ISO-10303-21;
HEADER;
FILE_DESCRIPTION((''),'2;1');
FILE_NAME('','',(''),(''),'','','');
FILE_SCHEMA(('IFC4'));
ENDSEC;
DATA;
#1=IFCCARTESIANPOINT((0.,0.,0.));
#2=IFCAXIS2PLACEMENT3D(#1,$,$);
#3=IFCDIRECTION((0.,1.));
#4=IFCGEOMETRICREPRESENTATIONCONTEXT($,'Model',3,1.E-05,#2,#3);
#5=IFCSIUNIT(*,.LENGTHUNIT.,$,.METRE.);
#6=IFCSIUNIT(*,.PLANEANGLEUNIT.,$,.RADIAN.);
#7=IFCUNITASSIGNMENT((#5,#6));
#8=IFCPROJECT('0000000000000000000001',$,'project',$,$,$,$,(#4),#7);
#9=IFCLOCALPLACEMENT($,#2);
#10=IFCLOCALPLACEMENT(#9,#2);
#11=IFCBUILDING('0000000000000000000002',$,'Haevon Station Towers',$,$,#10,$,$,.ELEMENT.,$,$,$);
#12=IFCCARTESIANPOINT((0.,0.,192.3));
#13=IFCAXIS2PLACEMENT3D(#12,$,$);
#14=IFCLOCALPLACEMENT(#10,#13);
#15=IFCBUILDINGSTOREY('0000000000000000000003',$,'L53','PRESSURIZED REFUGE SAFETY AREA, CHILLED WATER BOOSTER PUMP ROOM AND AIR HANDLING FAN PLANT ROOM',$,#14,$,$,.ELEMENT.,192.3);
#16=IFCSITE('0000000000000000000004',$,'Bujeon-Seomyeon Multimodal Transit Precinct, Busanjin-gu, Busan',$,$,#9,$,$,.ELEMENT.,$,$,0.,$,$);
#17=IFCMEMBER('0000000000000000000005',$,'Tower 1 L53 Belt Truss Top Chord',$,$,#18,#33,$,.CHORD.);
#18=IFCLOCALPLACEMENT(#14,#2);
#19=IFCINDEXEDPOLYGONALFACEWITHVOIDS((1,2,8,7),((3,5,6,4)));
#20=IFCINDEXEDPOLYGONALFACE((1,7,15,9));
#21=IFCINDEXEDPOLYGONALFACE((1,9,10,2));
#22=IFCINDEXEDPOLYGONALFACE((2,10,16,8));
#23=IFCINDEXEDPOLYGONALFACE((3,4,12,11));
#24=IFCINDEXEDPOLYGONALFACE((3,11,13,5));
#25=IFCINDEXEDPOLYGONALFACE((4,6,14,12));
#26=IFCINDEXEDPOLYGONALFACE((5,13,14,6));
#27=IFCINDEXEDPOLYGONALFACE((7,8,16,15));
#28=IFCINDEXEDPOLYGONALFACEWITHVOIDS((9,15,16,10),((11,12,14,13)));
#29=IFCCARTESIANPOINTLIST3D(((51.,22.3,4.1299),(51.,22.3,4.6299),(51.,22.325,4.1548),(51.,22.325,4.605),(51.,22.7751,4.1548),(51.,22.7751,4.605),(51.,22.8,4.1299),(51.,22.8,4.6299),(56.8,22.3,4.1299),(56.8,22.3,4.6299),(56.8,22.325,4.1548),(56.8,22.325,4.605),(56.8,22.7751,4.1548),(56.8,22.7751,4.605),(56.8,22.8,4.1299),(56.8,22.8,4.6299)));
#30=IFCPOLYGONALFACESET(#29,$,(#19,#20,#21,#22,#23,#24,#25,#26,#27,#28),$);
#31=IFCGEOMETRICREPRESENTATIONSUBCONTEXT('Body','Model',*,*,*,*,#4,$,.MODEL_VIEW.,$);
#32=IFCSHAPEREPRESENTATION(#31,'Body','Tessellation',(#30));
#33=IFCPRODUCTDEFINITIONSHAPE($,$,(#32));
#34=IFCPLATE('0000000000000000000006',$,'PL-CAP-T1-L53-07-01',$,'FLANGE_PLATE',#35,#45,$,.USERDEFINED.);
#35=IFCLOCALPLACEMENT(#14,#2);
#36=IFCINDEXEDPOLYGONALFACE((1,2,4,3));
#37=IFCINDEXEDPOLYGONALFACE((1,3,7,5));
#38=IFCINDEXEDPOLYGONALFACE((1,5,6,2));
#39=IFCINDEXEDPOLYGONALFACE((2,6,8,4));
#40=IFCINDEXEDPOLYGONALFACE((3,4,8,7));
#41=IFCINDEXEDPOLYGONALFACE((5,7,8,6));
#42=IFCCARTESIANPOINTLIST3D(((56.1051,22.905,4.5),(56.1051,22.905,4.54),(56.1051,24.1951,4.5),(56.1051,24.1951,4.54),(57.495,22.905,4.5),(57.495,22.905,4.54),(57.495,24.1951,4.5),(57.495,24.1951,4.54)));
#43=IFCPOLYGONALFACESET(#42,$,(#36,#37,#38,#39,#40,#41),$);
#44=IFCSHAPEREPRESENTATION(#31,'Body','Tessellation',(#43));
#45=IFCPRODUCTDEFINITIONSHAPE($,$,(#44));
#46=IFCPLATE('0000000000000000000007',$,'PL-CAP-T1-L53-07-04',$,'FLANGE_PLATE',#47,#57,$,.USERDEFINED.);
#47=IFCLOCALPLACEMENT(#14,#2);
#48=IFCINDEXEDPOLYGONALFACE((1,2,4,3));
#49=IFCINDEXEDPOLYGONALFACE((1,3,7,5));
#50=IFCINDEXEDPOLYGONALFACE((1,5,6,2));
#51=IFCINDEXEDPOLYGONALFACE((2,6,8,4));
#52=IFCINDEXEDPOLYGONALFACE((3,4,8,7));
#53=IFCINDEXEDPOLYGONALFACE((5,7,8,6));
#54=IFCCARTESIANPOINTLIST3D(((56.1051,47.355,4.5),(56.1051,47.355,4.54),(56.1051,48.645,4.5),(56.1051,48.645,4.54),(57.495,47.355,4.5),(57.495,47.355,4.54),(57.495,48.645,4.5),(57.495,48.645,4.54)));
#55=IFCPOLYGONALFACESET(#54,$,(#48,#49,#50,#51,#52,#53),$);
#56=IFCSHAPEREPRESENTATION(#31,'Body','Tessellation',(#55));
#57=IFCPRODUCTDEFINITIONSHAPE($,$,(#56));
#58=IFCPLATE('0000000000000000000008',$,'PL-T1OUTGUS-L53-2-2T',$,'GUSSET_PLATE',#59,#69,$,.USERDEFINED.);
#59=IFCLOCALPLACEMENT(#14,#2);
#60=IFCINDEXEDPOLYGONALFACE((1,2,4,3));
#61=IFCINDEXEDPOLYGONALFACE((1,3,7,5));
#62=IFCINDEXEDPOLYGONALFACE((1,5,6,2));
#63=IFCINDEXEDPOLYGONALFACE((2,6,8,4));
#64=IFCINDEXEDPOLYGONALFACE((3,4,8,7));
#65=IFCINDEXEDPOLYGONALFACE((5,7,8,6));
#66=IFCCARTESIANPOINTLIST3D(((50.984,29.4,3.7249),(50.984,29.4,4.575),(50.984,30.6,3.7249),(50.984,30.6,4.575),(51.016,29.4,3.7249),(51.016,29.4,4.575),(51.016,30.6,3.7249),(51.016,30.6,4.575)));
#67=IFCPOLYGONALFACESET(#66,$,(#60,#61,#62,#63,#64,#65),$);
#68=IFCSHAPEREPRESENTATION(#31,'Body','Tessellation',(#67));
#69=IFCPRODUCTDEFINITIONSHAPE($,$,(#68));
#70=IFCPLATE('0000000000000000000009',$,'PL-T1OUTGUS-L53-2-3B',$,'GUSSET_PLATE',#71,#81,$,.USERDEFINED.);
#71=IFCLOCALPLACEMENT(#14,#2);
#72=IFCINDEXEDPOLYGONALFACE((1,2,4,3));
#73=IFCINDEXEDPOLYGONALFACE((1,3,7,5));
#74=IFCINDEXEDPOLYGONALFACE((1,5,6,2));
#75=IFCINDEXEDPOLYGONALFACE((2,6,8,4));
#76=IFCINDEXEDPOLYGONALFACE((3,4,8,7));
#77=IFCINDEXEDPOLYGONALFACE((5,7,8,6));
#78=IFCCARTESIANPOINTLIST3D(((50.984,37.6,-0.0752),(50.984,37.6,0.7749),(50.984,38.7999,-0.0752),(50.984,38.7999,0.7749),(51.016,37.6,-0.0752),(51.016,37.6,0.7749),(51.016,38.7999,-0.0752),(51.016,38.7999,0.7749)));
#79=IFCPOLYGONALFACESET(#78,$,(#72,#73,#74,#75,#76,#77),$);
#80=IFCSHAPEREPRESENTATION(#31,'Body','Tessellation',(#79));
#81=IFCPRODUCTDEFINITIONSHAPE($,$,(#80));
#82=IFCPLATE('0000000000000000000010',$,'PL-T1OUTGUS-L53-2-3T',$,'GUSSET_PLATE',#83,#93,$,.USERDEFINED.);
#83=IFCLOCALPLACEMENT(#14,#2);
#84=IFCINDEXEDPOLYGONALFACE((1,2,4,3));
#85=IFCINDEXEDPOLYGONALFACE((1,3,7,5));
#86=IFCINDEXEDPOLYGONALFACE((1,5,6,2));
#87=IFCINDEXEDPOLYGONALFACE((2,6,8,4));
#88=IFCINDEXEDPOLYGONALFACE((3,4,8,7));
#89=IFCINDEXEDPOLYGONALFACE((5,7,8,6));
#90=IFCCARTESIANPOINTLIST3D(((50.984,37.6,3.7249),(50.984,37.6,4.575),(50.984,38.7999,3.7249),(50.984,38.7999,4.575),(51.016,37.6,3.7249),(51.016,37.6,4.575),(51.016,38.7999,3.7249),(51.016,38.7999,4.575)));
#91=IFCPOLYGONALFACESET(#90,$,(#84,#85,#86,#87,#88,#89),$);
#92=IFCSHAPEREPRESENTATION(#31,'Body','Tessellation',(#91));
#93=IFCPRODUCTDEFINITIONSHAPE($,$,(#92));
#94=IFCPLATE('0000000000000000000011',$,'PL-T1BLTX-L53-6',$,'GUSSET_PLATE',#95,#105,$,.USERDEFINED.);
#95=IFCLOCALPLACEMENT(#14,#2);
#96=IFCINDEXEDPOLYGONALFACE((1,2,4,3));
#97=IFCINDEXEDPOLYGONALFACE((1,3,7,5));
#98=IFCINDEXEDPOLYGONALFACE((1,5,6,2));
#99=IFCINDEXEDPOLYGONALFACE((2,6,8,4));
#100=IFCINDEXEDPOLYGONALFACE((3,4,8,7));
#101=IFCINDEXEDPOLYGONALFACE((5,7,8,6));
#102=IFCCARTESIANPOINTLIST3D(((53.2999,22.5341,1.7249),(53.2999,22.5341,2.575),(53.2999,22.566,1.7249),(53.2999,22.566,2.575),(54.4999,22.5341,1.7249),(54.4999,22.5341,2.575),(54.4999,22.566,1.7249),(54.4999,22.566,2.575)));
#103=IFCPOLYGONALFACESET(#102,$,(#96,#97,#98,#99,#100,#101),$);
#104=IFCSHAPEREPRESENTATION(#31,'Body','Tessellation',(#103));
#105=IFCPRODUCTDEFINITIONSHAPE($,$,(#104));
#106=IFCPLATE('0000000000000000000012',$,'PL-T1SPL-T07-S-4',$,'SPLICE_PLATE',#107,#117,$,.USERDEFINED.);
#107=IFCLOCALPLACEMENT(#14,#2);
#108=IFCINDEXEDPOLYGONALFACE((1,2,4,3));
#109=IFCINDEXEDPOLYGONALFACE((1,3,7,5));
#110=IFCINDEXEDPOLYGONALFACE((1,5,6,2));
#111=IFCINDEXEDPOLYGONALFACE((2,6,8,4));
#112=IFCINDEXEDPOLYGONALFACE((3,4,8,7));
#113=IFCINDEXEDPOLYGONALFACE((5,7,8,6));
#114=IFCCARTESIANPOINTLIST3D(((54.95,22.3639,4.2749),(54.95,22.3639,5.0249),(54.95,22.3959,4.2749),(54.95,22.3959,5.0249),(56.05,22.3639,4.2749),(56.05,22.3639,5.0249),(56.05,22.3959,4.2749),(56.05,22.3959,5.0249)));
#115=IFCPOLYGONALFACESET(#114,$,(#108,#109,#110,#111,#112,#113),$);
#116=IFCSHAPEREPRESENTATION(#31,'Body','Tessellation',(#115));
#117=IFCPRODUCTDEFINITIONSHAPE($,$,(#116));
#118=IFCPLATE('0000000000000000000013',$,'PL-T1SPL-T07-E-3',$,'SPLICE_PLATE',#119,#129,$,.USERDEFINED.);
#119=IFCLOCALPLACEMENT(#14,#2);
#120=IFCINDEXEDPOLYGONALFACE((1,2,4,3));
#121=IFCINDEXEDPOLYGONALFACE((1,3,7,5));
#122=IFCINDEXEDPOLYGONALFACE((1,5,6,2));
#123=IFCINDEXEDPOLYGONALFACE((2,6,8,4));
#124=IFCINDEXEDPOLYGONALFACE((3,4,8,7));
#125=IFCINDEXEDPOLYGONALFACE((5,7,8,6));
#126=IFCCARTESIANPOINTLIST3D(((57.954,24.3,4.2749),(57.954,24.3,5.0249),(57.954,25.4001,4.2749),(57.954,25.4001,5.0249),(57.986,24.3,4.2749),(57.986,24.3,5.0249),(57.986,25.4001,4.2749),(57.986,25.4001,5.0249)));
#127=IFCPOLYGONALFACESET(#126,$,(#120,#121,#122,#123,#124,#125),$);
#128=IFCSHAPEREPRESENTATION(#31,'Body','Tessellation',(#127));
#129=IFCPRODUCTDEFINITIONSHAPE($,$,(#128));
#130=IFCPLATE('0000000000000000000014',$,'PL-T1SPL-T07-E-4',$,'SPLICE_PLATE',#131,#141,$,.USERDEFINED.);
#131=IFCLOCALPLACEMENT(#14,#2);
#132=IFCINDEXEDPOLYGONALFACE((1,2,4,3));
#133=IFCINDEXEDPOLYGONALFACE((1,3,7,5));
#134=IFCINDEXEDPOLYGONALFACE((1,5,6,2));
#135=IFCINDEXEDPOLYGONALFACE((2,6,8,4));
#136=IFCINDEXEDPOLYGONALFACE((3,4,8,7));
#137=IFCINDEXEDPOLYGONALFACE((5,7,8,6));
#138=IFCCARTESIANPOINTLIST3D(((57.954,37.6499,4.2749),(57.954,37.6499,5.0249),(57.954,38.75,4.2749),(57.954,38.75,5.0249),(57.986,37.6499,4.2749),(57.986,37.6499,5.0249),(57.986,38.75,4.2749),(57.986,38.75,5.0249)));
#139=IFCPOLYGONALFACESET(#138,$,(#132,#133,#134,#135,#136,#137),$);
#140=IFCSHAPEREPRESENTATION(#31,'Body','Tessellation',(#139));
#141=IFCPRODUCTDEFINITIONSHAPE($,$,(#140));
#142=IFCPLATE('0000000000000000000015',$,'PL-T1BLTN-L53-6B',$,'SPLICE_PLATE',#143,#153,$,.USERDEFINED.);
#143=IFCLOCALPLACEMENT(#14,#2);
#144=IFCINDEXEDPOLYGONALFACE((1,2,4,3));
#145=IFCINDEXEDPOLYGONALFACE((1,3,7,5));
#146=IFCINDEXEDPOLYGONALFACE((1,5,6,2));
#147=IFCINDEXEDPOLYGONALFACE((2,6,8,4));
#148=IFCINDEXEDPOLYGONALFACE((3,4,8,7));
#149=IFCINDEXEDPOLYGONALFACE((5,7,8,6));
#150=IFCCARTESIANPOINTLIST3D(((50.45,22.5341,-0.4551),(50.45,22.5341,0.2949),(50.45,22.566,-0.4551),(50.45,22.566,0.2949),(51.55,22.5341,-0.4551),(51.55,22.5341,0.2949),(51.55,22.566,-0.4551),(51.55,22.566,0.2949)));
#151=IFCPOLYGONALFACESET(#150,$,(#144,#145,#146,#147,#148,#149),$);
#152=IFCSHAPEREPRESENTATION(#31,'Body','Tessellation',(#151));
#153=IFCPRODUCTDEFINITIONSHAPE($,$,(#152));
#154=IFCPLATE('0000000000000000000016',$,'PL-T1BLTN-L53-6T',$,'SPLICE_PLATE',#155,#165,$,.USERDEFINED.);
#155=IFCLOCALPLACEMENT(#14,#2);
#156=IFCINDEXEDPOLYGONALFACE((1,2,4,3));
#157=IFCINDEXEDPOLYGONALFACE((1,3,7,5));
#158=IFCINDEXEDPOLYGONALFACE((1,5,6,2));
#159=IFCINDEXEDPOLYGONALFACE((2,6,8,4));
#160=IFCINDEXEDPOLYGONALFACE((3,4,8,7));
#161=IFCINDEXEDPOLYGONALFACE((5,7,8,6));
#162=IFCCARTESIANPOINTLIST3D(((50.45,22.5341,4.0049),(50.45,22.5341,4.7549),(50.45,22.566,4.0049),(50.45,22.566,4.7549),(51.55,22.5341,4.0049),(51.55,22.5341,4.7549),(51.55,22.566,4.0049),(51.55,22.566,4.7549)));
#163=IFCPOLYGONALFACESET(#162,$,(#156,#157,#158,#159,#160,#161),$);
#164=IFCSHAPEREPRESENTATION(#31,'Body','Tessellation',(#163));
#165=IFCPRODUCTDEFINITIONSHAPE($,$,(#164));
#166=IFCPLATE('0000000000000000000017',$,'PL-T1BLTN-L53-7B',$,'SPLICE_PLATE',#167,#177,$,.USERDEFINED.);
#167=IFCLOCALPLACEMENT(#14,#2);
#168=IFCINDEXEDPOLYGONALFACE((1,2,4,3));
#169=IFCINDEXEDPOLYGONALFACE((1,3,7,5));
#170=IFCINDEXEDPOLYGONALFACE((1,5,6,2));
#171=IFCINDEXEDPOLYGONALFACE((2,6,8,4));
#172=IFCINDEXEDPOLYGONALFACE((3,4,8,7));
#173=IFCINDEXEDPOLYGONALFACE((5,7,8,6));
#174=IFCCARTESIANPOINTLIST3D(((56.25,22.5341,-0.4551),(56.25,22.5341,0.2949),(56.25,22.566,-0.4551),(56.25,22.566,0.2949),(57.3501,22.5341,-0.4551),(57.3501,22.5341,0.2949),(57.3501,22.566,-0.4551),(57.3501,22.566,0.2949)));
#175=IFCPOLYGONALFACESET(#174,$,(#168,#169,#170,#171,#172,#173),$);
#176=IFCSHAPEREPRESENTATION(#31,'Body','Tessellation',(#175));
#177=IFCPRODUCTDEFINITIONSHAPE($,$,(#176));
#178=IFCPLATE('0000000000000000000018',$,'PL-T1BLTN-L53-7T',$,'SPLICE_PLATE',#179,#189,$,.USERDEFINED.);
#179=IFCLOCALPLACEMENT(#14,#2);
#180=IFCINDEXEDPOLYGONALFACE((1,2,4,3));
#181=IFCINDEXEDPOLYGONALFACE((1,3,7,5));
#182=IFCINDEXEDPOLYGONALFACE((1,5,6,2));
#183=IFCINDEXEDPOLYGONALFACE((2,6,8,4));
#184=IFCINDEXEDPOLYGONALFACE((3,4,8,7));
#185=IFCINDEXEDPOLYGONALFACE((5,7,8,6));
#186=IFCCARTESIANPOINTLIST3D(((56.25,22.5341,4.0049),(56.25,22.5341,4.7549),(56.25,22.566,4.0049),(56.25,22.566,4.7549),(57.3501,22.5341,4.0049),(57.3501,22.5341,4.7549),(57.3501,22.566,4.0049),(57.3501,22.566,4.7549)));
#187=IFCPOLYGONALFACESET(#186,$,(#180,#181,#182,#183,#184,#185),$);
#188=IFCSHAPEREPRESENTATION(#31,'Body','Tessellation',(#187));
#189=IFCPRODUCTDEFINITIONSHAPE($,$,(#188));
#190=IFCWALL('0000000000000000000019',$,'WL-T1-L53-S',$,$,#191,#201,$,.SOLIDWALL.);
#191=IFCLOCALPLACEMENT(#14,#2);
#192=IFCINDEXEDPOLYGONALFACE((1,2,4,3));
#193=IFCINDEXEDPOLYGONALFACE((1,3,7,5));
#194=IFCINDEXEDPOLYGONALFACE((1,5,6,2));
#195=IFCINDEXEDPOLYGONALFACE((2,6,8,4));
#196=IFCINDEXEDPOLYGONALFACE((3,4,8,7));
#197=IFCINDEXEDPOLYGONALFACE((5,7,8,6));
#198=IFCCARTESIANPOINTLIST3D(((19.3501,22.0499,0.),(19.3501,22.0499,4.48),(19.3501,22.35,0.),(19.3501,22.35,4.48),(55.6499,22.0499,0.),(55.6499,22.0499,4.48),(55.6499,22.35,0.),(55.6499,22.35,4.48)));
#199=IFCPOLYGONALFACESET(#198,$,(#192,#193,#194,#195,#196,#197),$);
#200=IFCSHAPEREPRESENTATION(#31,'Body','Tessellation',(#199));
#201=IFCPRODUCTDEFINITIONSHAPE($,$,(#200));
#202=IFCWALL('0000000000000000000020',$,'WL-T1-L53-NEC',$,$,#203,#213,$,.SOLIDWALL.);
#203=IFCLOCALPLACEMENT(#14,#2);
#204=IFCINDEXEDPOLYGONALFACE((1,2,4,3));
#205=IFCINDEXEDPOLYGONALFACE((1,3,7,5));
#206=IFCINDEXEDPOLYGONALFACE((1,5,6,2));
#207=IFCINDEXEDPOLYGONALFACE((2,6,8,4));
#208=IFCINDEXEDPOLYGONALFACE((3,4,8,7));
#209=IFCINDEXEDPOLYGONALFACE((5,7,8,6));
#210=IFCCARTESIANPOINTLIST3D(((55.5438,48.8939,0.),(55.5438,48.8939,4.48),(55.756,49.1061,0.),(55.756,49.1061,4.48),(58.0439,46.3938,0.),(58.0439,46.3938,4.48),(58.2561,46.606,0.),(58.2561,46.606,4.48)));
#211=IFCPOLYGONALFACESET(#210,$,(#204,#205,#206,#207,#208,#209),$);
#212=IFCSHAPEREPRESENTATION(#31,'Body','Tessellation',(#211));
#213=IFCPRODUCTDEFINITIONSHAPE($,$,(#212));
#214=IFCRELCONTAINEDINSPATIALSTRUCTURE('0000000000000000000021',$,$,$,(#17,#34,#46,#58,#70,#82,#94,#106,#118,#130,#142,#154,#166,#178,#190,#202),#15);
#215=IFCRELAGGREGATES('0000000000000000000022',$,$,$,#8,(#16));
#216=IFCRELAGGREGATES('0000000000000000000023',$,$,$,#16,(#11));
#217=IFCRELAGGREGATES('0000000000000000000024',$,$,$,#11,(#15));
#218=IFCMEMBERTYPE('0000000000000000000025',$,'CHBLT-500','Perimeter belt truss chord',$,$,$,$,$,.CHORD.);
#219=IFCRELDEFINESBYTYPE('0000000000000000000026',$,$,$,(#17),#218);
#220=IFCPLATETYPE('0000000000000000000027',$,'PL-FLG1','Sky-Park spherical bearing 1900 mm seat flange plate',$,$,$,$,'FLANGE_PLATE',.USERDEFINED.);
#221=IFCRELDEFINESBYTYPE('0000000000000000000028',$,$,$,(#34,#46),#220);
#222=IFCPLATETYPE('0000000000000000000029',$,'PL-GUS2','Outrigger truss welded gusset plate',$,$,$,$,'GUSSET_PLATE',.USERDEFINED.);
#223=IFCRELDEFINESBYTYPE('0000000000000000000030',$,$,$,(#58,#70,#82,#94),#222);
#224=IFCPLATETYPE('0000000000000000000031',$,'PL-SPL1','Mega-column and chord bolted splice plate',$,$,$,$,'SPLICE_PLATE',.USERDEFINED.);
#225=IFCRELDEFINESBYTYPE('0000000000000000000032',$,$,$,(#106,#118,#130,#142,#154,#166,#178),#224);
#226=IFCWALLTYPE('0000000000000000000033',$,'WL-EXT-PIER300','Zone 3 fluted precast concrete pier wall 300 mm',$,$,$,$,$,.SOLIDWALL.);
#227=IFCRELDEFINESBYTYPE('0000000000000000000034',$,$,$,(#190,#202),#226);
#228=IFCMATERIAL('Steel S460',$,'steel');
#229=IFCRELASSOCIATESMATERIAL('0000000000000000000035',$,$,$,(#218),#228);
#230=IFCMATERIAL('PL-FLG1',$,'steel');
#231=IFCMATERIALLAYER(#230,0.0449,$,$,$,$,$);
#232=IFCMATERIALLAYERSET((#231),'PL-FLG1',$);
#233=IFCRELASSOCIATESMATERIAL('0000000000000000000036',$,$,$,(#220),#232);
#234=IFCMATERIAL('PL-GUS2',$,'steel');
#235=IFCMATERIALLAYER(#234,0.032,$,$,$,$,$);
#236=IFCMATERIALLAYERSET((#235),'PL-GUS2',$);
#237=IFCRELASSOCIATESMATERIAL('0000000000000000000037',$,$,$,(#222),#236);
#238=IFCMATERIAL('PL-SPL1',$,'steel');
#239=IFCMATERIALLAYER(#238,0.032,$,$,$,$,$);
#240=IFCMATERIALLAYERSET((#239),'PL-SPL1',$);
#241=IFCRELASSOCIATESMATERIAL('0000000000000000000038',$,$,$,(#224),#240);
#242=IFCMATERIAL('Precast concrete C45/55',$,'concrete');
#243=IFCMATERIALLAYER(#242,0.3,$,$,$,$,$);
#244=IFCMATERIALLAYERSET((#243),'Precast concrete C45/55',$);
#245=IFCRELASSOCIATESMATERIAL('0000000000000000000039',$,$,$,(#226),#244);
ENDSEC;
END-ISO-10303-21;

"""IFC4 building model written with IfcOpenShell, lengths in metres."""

from ifc_helpers import new_model, si_unit, direction, frame, frame_2d, origin, origin_2d, place, context, subcontext, project, spatial, rectangle, hollow_rectangle, extrude, material, layer, layer_set, material_profile, profile_set, type_object, element, save


model = new_model("IFC4")

# Units and contexts
model_context = context("Model", 3, precision=1e-05, world=origin(), true_north=direction((0.0, 1.0)))
body_context = subcontext(model_context, "Body", "Model", "MODEL_VIEW")
ifc_project = project(units=[si_unit("LENGTHUNIT", "METRE"), si_unit("PLANEANGLEUNIT", "RADIAN")], contexts=[model_context])

# Site, building, storey
site_placement = place(None, origin())
site = spatial("IfcSite", under=ifc_project, at=site_placement, Name="Bujeon-Seomyeon Multimodal Transit Precinct, Busanjin-gu, Busan", CompositionType="ELEMENT", RefElevation=0.0)
building_placement = place(site_placement, origin())
building = spatial("IfcBuilding", under=site, at=building_placement, Name="Haevon Station Towers", CompositionType="ELEMENT")
storey_placement = place(building_placement, frame((0.0, 0.0, 192.3)))
storey = spatial("IfcBuildingStorey", under=building, at=storey_placement, Name="L53", Description="PRESSURIZED REFUGE SAFETY AREA, CHILLED WATER BOOSTER PUMP ROOM AND AIR HANDLING FAN PLANT ROOM", CompositionType="ELEMENT", Elevation=192.3)

# Shared definitions
ifc_material_1 = material(Name="Steel S460", Category="steel")

# Member
ifc_material_profile_1 = material_profile(ifc_material_1, hollow_rectangle(XDim=0.5, YDim=0.5, WallThickness=0.0249, at=origin_2d()), Name="RHS-500x500x25")
ifc_profile_set_1 = profile_set([ifc_material_profile_1], Name="Steel S460")
member_type_1 = type_object("IfcMemberType", Name="CHBLT-500", Description="Perimeter belt truss chord", PredefinedType="CHORD", material=ifc_profile_set_1)
for number, where, z_axis, x_axis, name in (
    (1, (51.0, 22.55, 4.3799), (1.0, 0.0, 0.0), (0.0, 1.0, 0.0), "Tower 1 L53 Belt Truss Top Chord"),
):
    element("IfcMember", number, at=place(storey_placement, frame(where, z_axis=z_axis, x_axis=x_axis)), inside=storey, type_object=member_type_1, Name=name, PredefinedType="CHORD", context=body_context, shape_type="SweptSolid", body=[
        extrude(hollow_rectangle(XDim=0.5, YDim=0.5, WallThickness=0.0249, at=origin_2d()), origin(), (0.0, 0.0, 1.0), 5.8),
    ])

# Plates
ifc_material_2 = material(Name="PL-FLG1", Category="steel")
ifc_layer_1 = layer(ifc_material_2, 0.0449)
ifc_layer_set_1 = layer_set([ifc_layer_1], Name="PL-FLG1")
plate_type_1 = type_object("IfcPlateType", Name="PL-FLG1", Description="Sky-Park spherical bearing 1900 mm seat flange plate", ElementType="FLANGE_PLATE", PredefinedType="USERDEFINED", material=ifc_layer_set_1)
for number, where, z_axis, x_axis, name in (
    (2, (56.8, 23.55, 4.5), (0.0, 0.0, 1.0), (1.0, 0.0, 0.0), "PL-CAP-T1-L53-07-01"),
    (3, (56.8, 48.0, 4.5), (0.0, 0.0, 1.0), (1.0, 0.0, 0.0), "PL-CAP-T1-L53-07-04"),
):
    element("IfcPlate", number, at=place(storey_placement, frame(where, z_axis=z_axis, x_axis=x_axis)), inside=storey, type_object=plate_type_1, Name=name, ObjectType="FLANGE_PLATE", PredefinedType="USERDEFINED", context=body_context, shape_type="SweptSolid", body=[
        extrude(rectangle(XDim=1.3899, YDim=1.29, at=origin_2d()), origin(), (0.0, 0.0, 1.0), 0.04),
    ])
ifc_material_3 = material(Name="PL-GUS2", Category="steel")
ifc_layer_2 = layer(ifc_material_3, 0.032)
ifc_layer_set_2 = layer_set([ifc_layer_2], Name="PL-GUS2")
plate_type_2 = type_object("IfcPlateType", Name="PL-GUS2", Description="Outrigger truss welded gusset plate", ElementType="GUSSET_PLATE", PredefinedType="USERDEFINED", material=ifc_layer_set_2)
for number, where, z_axis, x_axis, name in (
    (4, (51.0, 30.0, 3.7249), (0.0, 0.0, 1.0), (0.0, 1.0, 0.0), "PL-T1OUTGUS-L53-2-2T"),
    (5, (51.0, 38.2, -0.0752), (0.0, 0.0, 1.0), (0.0, 1.0, 0.0), "PL-T1OUTGUS-L53-2-3B"),
    (6, (51.0, 38.2, 3.7249), (0.0, 0.0, 1.0), (0.0, 1.0, 0.0), "PL-T1OUTGUS-L53-2-3T"),
    (7, (53.8999, 22.55, 1.7249), (0.0, 0.0, 1.0), (1.0, 0.0, 0.0), "PL-T1BLTX-L53-6"),
):
    element("IfcPlate", number, at=place(storey_placement, frame(where, z_axis=z_axis, x_axis=x_axis)), inside=storey, type_object=plate_type_2, Name=name, ObjectType="GUSSET_PLATE", PredefinedType="USERDEFINED", context=body_context, shape_type="SweptSolid", body=[
        extrude(rectangle(XDim=1.2, YDim=0.032, at=origin_2d()), origin(), (0.0, 0.0, 1.0), 0.8501),
    ])
ifc_material_4 = material(Name="PL-SPL1", Category="steel")
ifc_layer_3 = layer(ifc_material_4, 0.032)
ifc_layer_set_3 = layer_set([ifc_layer_3], Name="PL-SPL1")
plate_type_3 = type_object("IfcPlateType", Name="PL-SPL1", Description="Mega-column and chord bolted splice plate", ElementType="SPLICE_PLATE", PredefinedType="USERDEFINED", material=ifc_layer_set_3)
for number, where, z_axis, x_axis, name in (
    (8, (55.5, 22.3799, 4.2749), (0.0, 0.0, 1.0), (1.0, 0.0, 0.0), "PL-T1SPL-T07-S-4"),
    (9, (57.97, 24.8501, 4.2749), (0.0, 0.0, 1.0), (0.0, 1.0, 0.0), "PL-T1SPL-T07-E-3"),
    (10, (57.97, 38.2, 4.2749), (0.0, 0.0, 1.0), (0.0, 1.0, 0.0), "PL-T1SPL-T07-E-4"),
    (11, (51.0, 22.55, -0.4551), (0.0, 0.0, 1.0), (1.0, 0.0, 0.0), "PL-T1BLTN-L53-6B"),
    (12, (51.0, 22.55, 4.0049), (0.0, 0.0, 1.0), (1.0, 0.0, 0.0), "PL-T1BLTN-L53-6T"),
    (13, (56.8, 22.55, -0.4551), (0.0, 0.0, 1.0), (1.0, 0.0, 0.0), "PL-T1BLTN-L53-7B"),
    (14, (56.8, 22.55, 4.0049), (0.0, 0.0, 1.0), (1.0, 0.0, 0.0), "PL-T1BLTN-L53-7T"),
):
    element("IfcPlate", number, at=place(storey_placement, frame(where, z_axis=z_axis, x_axis=x_axis)), inside=storey, type_object=plate_type_3, Name=name, ObjectType="SPLICE_PLATE", PredefinedType="USERDEFINED", context=body_context, shape_type="SweptSolid", body=[
        extrude(rectangle(XDim=1.1001, YDim=0.032, at=origin_2d()), origin(), (0.0, 0.0, 1.0), 0.75),
    ])

# Walls
ifc_material_5 = material(Name="Precast concrete C45/55", Category="concrete")
ifc_layer_4 = layer(ifc_material_5, 0.3)
ifc_layer_set_4 = layer_set([ifc_layer_4], Name="Precast concrete C45/55")
wall_type = type_object("IfcWallType", Name="WL-EXT-PIER300", Description="Zone 3 fluted precast concrete pier wall 300 mm", PredefinedType="SOLIDWALL", material=ifc_layer_set_4)
wall_1_placement = place(storey_placement, frame((55.6499, 22.2, 0.0), z_axis=(0.0, 0.0, 1.0), x_axis=(-1.0, 0.0, 0.0)))
element("IfcWall", 15, at=wall_1_placement, inside=storey, type_object=wall_type, Name="WL-T1-L53-S", PredefinedType="SOLIDWALL", context=body_context, shape_type="SweptSolid", body=[
    extrude(rectangle(XDim=36.2998, YDim=0.3, at=frame_2d((18.1499, 0.0))), origin(), (0.0, 0.0, 1.0), 4.48),
])
wall_2_placement = place(storey_placement, frame((55.6499, 49.0, 0.0), z_axis=(0.0, 0.0, 1.0), x_axis=(0.707107, -0.707107, 0.0)))
element("IfcWall", 16, at=wall_2_placement, inside=storey, type_object=wall_type, Name="WL-T1-L53-NEC", PredefinedType="SOLIDWALL", context=body_context, shape_type="SweptSolid", body=[
    extrude(rectangle(XDim=3.5356, YDim=0.3, at=frame_2d((1.7678, 0.0))), origin(), (0.0, 0.0, 1.0), 4.48),
])

save(model, "model.ifc")
